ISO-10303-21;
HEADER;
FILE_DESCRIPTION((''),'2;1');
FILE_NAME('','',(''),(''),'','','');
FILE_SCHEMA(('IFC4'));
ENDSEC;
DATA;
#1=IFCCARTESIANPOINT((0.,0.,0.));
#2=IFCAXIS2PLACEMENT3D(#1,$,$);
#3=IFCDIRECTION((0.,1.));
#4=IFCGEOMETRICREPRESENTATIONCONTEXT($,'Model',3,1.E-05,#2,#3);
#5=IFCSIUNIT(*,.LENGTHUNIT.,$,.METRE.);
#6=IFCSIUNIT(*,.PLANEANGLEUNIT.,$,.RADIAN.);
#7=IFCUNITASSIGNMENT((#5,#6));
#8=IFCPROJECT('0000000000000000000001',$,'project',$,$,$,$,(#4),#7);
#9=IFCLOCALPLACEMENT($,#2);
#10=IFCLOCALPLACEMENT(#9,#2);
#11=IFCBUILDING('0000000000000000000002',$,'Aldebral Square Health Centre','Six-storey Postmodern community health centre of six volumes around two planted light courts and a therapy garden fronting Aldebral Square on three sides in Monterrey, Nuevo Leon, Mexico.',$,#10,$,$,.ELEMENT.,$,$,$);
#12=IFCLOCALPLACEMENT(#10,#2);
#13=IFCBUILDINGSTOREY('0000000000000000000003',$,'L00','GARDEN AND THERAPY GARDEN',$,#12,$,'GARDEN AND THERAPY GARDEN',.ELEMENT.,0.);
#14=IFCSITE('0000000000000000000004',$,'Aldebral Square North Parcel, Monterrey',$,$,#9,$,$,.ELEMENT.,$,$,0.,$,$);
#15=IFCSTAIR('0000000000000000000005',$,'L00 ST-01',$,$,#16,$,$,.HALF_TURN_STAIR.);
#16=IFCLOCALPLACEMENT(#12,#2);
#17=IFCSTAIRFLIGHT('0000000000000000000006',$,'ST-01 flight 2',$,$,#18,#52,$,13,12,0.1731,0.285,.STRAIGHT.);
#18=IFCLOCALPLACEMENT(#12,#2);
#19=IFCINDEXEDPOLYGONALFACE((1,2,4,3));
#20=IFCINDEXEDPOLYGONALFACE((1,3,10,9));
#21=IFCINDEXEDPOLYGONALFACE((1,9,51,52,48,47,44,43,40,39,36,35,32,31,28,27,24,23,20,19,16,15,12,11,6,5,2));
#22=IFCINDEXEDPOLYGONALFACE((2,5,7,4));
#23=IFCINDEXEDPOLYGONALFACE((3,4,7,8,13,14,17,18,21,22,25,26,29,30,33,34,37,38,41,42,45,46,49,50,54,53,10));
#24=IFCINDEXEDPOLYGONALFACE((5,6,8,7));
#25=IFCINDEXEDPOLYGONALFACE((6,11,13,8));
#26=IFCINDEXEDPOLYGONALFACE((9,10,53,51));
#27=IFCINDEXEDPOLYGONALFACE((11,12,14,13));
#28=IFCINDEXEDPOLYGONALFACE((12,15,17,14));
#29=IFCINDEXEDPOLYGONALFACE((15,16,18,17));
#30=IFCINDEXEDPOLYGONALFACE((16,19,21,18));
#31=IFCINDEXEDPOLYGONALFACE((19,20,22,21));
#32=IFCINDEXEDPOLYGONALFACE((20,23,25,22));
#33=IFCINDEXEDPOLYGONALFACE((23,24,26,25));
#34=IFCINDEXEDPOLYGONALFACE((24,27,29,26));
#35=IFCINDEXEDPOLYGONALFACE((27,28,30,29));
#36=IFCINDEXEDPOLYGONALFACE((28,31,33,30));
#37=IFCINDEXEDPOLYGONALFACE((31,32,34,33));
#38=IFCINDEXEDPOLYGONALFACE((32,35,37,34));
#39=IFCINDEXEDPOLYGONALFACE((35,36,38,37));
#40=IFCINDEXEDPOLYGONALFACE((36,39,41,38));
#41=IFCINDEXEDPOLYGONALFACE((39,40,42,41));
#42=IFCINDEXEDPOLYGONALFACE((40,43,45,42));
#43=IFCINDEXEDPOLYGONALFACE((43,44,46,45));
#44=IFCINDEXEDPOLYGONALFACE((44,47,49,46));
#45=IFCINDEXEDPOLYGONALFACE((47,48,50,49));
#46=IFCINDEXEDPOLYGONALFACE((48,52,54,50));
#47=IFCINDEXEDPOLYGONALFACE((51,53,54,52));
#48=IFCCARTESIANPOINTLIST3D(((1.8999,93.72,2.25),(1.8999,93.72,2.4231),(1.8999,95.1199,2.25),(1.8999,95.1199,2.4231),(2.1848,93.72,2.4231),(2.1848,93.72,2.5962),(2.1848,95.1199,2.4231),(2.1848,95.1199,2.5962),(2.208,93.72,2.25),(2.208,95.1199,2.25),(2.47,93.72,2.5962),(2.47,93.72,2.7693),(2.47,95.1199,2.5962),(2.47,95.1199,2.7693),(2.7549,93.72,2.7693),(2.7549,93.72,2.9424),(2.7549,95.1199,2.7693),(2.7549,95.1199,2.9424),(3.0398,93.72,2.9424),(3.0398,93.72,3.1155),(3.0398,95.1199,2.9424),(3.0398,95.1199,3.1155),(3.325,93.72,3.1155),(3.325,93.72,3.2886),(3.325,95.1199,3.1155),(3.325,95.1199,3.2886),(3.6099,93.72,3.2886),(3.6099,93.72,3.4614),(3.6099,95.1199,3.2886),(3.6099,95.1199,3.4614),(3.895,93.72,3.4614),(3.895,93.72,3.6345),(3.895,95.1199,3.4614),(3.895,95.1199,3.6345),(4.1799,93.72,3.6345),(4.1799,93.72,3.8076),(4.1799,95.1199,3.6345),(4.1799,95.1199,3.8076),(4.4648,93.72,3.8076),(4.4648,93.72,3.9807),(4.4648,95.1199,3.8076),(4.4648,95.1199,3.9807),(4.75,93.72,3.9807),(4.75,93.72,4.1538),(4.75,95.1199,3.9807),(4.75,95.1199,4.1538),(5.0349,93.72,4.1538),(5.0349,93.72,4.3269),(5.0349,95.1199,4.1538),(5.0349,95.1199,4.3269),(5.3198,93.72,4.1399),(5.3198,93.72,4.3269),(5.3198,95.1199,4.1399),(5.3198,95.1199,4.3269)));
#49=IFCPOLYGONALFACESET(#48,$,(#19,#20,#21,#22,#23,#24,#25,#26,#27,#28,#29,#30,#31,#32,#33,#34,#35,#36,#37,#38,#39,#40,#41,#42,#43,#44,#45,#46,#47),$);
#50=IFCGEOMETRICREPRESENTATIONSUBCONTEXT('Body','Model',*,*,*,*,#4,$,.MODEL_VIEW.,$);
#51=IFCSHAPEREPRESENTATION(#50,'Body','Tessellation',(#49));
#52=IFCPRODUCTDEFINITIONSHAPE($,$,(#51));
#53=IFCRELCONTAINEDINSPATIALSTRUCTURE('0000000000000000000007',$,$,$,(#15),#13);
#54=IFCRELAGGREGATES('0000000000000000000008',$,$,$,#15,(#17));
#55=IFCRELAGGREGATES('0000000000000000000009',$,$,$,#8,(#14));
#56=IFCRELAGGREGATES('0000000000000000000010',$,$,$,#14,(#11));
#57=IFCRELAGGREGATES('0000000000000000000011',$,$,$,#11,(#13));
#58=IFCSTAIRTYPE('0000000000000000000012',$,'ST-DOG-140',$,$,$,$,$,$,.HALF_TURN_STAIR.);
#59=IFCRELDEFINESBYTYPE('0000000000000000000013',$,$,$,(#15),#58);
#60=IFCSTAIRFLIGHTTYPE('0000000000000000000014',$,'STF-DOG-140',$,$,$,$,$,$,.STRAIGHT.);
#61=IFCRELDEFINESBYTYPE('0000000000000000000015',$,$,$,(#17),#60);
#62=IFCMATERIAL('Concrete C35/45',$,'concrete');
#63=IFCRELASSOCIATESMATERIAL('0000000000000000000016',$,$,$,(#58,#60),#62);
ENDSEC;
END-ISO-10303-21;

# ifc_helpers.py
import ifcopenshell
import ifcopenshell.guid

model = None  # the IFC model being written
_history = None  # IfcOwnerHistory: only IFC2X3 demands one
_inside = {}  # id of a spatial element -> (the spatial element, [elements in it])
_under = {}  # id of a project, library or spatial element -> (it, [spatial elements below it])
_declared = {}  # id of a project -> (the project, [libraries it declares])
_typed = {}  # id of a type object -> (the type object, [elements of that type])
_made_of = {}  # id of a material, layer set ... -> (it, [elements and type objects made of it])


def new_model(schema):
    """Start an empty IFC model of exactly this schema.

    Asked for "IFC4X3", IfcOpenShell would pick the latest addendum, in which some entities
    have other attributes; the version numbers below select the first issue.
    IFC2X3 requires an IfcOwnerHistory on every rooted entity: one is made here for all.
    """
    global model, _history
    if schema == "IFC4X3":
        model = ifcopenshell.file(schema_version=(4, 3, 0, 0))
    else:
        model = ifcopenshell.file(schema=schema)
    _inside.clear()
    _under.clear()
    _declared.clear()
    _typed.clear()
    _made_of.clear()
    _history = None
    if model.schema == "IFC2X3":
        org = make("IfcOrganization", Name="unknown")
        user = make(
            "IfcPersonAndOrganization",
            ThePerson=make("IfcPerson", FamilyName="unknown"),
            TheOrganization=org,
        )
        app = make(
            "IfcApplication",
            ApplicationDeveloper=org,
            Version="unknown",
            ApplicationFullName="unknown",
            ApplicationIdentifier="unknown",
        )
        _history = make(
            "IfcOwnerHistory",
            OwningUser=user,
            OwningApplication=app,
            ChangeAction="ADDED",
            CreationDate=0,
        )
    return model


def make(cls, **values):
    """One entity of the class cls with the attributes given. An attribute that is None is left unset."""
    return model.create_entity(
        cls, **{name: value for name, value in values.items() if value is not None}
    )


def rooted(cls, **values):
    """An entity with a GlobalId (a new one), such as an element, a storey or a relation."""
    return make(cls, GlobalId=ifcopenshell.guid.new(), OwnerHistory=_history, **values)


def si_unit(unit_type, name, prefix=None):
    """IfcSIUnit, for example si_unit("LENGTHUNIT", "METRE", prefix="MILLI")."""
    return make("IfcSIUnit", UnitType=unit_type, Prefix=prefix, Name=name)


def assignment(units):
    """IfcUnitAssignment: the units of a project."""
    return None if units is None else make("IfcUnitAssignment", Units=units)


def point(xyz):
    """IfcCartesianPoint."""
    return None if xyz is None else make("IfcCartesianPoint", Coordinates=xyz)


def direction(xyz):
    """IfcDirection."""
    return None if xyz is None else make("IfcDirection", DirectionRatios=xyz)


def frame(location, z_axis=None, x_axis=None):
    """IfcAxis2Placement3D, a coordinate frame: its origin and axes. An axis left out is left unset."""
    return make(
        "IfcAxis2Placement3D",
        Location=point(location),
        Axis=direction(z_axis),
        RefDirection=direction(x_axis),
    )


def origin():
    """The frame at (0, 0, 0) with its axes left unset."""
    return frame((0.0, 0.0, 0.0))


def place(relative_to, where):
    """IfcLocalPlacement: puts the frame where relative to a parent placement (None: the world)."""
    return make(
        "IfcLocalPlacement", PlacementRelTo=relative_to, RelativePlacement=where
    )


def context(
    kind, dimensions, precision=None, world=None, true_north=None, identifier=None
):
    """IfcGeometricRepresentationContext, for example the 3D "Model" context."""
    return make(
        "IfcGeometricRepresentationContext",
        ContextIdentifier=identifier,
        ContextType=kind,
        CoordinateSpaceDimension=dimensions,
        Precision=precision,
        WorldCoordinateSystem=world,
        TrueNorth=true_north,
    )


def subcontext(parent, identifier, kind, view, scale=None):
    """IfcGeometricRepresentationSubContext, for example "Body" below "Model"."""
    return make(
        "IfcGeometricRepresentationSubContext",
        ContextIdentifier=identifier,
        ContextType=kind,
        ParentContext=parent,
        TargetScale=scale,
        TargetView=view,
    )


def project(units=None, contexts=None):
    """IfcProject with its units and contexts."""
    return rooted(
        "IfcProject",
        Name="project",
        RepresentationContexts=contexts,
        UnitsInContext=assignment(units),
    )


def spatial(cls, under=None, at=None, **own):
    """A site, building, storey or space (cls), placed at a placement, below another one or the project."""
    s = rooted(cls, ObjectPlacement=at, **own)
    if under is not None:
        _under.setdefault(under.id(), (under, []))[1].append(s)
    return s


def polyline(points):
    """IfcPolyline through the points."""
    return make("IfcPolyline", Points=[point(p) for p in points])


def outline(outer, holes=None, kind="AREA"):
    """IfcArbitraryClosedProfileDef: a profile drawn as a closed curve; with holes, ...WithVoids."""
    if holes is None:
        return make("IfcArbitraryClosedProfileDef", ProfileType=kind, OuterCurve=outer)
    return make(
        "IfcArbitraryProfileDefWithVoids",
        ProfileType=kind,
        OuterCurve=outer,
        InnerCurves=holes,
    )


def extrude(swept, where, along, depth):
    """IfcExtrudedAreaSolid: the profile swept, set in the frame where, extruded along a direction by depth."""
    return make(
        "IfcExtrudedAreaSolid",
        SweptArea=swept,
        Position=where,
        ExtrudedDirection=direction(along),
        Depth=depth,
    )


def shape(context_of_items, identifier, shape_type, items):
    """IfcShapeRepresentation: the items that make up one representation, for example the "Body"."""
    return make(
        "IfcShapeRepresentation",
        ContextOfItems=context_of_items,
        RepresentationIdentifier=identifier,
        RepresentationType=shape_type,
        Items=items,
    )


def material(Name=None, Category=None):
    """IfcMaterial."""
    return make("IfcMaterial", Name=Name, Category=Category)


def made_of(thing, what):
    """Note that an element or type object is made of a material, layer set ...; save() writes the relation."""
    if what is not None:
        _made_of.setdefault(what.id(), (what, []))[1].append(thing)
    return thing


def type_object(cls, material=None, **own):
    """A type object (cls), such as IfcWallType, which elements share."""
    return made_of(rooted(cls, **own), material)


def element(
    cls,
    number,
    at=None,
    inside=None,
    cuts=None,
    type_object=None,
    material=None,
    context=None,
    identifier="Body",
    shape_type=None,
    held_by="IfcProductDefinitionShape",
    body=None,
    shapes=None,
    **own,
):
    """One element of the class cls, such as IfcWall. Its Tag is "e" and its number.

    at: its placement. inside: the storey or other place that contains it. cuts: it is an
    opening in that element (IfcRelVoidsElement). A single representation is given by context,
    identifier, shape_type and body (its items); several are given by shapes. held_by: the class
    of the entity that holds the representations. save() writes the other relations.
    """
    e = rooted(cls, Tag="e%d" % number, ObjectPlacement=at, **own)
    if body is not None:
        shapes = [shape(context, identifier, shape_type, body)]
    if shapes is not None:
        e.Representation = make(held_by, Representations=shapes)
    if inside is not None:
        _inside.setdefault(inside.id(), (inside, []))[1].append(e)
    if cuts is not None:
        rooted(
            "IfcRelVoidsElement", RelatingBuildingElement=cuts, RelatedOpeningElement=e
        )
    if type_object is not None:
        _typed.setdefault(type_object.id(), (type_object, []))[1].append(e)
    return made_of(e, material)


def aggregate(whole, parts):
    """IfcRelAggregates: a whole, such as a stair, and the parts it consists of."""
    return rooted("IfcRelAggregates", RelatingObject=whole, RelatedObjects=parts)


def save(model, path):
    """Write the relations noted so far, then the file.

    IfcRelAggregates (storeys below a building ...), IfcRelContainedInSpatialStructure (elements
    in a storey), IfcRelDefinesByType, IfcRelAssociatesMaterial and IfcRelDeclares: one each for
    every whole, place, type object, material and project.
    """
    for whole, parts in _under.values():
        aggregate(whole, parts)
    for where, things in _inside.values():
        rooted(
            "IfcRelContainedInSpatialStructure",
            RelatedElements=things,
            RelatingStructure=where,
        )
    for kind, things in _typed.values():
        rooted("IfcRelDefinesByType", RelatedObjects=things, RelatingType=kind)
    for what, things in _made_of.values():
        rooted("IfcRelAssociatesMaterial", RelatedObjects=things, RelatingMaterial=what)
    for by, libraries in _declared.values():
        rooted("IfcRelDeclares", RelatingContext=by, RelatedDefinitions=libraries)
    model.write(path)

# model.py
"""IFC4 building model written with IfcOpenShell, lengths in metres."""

from ifc_helpers import new_model, si_unit, direction, frame, origin, place, context, subcontext, project, spatial, polyline, outline, extrude, material, type_object, element, aggregate, save


model = new_model("IFC4")

# Units and contexts
model_context = context("Model", 3, precision=1e-05, world=origin(), true_north=direction((0.0, 1.0)))
body_context = subcontext(model_context, "Body", "Model", "MODEL_VIEW")
ifc_project = project(units=[si_unit("LENGTHUNIT", "METRE"), si_unit("PLANEANGLEUNIT", "RADIAN")], contexts=[model_context])

# Site, building, storey
site_placement = place(None, origin())
site = spatial("IfcSite", under=ifc_project, at=site_placement, Name="Aldebral Square North Parcel, Monterrey", CompositionType="ELEMENT", RefElevation=0.0)
building_placement = place(site_placement, origin())
building = spatial("IfcBuilding", under=site, at=building_placement, Name="Aldebral Square Health Centre", Description="Six-storey Postmodern community health centre of six volumes around two planted light courts and a therapy garden fronting Aldebral Square on three sides in Monterrey, Nuevo Leon, Mexico.", CompositionType="ELEMENT")
storey_placement = place(building_placement, origin())
storey = spatial("IfcBuildingStorey", under=building, at=storey_placement, Name="L00", Description="GARDEN AND THERAPY GARDEN", LongName="GARDEN AND THERAPY GARDEN", CompositionType="ELEMENT", Elevation=0.0)

# Shared definitions
ifc_material_1 = material(Name="Concrete C35/45", Category="concrete")

# Stair, stair flight
stair_type = type_object("IfcStairType", Name="ST-DOG-140", PredefinedType="HALF_TURN_STAIR", material=ifc_material_1)
stair_placement = place(storey_placement, origin())
stair = element("IfcStair", 1, at=stair_placement, inside=storey, type_object=stair_type, Name="L00 ST-01", PredefinedType="HALF_TURN_STAIR")
stair_flight_type = type_object("IfcStairFlightType", Name="STF-DOG-140", PredefinedType="STRAIGHT", material=ifc_material_1)
stair_flight_1_placement = place(storey_placement, frame((1.8999, 94.4199, 2.25), z_axis=(0.0, 0.0, 1.0), x_axis=(1.0, 0.0, 0.0)))
stair_flight_1 = element("IfcStairFlight", 2, at=stair_flight_1_placement, type_object=stair_flight_type, Name="ST-01 flight 2", NumberOfRisers=13, NumberOfTreads=12, PredefinedType="STRAIGHT", RiserHeight=0.1731, TreadLength=0.285, context=body_context, shape_type="SweptSolid", body=[
    extrude(outline(polyline([(0.0, 0.0), (0.0, 0.1731), (0.2849, 0.1731), (0.2849, 0.3462), (0.5701, 0.3462), (0.5701, 0.5193), (0.855, 0.5193), (0.855, 0.6924), (1.1399, 0.6924), (1.1399, 0.8655), (1.425, 0.8655), (1.425, 1.0386), (1.71, 1.0386), (1.71, 1.2114), (1.9951, 1.2114), (1.9951, 1.3845), (2.28, 1.3845), (2.28, 1.5576), (2.5649, 1.5576), (2.5649, 1.7307), (2.8501, 1.7307), (2.8501, 1.9038), (3.135, 1.9038), (3.135, 2.0769), (3.4199, 2.0769), (3.4199, 2.25), (3.4199, 1.8899), (0.3081, 0.0), (0.0, 0.0)])), frame((0.0, 0.7, 0.0), z_axis=(0.0, -1.0, 0.0), x_axis=(1.0, 0.0, 0.0)), (0.0, 0.0, 1.0), 1.3999),
])
aggregate(stair, [stair_flight_1])

save(model, "model.ifc")
